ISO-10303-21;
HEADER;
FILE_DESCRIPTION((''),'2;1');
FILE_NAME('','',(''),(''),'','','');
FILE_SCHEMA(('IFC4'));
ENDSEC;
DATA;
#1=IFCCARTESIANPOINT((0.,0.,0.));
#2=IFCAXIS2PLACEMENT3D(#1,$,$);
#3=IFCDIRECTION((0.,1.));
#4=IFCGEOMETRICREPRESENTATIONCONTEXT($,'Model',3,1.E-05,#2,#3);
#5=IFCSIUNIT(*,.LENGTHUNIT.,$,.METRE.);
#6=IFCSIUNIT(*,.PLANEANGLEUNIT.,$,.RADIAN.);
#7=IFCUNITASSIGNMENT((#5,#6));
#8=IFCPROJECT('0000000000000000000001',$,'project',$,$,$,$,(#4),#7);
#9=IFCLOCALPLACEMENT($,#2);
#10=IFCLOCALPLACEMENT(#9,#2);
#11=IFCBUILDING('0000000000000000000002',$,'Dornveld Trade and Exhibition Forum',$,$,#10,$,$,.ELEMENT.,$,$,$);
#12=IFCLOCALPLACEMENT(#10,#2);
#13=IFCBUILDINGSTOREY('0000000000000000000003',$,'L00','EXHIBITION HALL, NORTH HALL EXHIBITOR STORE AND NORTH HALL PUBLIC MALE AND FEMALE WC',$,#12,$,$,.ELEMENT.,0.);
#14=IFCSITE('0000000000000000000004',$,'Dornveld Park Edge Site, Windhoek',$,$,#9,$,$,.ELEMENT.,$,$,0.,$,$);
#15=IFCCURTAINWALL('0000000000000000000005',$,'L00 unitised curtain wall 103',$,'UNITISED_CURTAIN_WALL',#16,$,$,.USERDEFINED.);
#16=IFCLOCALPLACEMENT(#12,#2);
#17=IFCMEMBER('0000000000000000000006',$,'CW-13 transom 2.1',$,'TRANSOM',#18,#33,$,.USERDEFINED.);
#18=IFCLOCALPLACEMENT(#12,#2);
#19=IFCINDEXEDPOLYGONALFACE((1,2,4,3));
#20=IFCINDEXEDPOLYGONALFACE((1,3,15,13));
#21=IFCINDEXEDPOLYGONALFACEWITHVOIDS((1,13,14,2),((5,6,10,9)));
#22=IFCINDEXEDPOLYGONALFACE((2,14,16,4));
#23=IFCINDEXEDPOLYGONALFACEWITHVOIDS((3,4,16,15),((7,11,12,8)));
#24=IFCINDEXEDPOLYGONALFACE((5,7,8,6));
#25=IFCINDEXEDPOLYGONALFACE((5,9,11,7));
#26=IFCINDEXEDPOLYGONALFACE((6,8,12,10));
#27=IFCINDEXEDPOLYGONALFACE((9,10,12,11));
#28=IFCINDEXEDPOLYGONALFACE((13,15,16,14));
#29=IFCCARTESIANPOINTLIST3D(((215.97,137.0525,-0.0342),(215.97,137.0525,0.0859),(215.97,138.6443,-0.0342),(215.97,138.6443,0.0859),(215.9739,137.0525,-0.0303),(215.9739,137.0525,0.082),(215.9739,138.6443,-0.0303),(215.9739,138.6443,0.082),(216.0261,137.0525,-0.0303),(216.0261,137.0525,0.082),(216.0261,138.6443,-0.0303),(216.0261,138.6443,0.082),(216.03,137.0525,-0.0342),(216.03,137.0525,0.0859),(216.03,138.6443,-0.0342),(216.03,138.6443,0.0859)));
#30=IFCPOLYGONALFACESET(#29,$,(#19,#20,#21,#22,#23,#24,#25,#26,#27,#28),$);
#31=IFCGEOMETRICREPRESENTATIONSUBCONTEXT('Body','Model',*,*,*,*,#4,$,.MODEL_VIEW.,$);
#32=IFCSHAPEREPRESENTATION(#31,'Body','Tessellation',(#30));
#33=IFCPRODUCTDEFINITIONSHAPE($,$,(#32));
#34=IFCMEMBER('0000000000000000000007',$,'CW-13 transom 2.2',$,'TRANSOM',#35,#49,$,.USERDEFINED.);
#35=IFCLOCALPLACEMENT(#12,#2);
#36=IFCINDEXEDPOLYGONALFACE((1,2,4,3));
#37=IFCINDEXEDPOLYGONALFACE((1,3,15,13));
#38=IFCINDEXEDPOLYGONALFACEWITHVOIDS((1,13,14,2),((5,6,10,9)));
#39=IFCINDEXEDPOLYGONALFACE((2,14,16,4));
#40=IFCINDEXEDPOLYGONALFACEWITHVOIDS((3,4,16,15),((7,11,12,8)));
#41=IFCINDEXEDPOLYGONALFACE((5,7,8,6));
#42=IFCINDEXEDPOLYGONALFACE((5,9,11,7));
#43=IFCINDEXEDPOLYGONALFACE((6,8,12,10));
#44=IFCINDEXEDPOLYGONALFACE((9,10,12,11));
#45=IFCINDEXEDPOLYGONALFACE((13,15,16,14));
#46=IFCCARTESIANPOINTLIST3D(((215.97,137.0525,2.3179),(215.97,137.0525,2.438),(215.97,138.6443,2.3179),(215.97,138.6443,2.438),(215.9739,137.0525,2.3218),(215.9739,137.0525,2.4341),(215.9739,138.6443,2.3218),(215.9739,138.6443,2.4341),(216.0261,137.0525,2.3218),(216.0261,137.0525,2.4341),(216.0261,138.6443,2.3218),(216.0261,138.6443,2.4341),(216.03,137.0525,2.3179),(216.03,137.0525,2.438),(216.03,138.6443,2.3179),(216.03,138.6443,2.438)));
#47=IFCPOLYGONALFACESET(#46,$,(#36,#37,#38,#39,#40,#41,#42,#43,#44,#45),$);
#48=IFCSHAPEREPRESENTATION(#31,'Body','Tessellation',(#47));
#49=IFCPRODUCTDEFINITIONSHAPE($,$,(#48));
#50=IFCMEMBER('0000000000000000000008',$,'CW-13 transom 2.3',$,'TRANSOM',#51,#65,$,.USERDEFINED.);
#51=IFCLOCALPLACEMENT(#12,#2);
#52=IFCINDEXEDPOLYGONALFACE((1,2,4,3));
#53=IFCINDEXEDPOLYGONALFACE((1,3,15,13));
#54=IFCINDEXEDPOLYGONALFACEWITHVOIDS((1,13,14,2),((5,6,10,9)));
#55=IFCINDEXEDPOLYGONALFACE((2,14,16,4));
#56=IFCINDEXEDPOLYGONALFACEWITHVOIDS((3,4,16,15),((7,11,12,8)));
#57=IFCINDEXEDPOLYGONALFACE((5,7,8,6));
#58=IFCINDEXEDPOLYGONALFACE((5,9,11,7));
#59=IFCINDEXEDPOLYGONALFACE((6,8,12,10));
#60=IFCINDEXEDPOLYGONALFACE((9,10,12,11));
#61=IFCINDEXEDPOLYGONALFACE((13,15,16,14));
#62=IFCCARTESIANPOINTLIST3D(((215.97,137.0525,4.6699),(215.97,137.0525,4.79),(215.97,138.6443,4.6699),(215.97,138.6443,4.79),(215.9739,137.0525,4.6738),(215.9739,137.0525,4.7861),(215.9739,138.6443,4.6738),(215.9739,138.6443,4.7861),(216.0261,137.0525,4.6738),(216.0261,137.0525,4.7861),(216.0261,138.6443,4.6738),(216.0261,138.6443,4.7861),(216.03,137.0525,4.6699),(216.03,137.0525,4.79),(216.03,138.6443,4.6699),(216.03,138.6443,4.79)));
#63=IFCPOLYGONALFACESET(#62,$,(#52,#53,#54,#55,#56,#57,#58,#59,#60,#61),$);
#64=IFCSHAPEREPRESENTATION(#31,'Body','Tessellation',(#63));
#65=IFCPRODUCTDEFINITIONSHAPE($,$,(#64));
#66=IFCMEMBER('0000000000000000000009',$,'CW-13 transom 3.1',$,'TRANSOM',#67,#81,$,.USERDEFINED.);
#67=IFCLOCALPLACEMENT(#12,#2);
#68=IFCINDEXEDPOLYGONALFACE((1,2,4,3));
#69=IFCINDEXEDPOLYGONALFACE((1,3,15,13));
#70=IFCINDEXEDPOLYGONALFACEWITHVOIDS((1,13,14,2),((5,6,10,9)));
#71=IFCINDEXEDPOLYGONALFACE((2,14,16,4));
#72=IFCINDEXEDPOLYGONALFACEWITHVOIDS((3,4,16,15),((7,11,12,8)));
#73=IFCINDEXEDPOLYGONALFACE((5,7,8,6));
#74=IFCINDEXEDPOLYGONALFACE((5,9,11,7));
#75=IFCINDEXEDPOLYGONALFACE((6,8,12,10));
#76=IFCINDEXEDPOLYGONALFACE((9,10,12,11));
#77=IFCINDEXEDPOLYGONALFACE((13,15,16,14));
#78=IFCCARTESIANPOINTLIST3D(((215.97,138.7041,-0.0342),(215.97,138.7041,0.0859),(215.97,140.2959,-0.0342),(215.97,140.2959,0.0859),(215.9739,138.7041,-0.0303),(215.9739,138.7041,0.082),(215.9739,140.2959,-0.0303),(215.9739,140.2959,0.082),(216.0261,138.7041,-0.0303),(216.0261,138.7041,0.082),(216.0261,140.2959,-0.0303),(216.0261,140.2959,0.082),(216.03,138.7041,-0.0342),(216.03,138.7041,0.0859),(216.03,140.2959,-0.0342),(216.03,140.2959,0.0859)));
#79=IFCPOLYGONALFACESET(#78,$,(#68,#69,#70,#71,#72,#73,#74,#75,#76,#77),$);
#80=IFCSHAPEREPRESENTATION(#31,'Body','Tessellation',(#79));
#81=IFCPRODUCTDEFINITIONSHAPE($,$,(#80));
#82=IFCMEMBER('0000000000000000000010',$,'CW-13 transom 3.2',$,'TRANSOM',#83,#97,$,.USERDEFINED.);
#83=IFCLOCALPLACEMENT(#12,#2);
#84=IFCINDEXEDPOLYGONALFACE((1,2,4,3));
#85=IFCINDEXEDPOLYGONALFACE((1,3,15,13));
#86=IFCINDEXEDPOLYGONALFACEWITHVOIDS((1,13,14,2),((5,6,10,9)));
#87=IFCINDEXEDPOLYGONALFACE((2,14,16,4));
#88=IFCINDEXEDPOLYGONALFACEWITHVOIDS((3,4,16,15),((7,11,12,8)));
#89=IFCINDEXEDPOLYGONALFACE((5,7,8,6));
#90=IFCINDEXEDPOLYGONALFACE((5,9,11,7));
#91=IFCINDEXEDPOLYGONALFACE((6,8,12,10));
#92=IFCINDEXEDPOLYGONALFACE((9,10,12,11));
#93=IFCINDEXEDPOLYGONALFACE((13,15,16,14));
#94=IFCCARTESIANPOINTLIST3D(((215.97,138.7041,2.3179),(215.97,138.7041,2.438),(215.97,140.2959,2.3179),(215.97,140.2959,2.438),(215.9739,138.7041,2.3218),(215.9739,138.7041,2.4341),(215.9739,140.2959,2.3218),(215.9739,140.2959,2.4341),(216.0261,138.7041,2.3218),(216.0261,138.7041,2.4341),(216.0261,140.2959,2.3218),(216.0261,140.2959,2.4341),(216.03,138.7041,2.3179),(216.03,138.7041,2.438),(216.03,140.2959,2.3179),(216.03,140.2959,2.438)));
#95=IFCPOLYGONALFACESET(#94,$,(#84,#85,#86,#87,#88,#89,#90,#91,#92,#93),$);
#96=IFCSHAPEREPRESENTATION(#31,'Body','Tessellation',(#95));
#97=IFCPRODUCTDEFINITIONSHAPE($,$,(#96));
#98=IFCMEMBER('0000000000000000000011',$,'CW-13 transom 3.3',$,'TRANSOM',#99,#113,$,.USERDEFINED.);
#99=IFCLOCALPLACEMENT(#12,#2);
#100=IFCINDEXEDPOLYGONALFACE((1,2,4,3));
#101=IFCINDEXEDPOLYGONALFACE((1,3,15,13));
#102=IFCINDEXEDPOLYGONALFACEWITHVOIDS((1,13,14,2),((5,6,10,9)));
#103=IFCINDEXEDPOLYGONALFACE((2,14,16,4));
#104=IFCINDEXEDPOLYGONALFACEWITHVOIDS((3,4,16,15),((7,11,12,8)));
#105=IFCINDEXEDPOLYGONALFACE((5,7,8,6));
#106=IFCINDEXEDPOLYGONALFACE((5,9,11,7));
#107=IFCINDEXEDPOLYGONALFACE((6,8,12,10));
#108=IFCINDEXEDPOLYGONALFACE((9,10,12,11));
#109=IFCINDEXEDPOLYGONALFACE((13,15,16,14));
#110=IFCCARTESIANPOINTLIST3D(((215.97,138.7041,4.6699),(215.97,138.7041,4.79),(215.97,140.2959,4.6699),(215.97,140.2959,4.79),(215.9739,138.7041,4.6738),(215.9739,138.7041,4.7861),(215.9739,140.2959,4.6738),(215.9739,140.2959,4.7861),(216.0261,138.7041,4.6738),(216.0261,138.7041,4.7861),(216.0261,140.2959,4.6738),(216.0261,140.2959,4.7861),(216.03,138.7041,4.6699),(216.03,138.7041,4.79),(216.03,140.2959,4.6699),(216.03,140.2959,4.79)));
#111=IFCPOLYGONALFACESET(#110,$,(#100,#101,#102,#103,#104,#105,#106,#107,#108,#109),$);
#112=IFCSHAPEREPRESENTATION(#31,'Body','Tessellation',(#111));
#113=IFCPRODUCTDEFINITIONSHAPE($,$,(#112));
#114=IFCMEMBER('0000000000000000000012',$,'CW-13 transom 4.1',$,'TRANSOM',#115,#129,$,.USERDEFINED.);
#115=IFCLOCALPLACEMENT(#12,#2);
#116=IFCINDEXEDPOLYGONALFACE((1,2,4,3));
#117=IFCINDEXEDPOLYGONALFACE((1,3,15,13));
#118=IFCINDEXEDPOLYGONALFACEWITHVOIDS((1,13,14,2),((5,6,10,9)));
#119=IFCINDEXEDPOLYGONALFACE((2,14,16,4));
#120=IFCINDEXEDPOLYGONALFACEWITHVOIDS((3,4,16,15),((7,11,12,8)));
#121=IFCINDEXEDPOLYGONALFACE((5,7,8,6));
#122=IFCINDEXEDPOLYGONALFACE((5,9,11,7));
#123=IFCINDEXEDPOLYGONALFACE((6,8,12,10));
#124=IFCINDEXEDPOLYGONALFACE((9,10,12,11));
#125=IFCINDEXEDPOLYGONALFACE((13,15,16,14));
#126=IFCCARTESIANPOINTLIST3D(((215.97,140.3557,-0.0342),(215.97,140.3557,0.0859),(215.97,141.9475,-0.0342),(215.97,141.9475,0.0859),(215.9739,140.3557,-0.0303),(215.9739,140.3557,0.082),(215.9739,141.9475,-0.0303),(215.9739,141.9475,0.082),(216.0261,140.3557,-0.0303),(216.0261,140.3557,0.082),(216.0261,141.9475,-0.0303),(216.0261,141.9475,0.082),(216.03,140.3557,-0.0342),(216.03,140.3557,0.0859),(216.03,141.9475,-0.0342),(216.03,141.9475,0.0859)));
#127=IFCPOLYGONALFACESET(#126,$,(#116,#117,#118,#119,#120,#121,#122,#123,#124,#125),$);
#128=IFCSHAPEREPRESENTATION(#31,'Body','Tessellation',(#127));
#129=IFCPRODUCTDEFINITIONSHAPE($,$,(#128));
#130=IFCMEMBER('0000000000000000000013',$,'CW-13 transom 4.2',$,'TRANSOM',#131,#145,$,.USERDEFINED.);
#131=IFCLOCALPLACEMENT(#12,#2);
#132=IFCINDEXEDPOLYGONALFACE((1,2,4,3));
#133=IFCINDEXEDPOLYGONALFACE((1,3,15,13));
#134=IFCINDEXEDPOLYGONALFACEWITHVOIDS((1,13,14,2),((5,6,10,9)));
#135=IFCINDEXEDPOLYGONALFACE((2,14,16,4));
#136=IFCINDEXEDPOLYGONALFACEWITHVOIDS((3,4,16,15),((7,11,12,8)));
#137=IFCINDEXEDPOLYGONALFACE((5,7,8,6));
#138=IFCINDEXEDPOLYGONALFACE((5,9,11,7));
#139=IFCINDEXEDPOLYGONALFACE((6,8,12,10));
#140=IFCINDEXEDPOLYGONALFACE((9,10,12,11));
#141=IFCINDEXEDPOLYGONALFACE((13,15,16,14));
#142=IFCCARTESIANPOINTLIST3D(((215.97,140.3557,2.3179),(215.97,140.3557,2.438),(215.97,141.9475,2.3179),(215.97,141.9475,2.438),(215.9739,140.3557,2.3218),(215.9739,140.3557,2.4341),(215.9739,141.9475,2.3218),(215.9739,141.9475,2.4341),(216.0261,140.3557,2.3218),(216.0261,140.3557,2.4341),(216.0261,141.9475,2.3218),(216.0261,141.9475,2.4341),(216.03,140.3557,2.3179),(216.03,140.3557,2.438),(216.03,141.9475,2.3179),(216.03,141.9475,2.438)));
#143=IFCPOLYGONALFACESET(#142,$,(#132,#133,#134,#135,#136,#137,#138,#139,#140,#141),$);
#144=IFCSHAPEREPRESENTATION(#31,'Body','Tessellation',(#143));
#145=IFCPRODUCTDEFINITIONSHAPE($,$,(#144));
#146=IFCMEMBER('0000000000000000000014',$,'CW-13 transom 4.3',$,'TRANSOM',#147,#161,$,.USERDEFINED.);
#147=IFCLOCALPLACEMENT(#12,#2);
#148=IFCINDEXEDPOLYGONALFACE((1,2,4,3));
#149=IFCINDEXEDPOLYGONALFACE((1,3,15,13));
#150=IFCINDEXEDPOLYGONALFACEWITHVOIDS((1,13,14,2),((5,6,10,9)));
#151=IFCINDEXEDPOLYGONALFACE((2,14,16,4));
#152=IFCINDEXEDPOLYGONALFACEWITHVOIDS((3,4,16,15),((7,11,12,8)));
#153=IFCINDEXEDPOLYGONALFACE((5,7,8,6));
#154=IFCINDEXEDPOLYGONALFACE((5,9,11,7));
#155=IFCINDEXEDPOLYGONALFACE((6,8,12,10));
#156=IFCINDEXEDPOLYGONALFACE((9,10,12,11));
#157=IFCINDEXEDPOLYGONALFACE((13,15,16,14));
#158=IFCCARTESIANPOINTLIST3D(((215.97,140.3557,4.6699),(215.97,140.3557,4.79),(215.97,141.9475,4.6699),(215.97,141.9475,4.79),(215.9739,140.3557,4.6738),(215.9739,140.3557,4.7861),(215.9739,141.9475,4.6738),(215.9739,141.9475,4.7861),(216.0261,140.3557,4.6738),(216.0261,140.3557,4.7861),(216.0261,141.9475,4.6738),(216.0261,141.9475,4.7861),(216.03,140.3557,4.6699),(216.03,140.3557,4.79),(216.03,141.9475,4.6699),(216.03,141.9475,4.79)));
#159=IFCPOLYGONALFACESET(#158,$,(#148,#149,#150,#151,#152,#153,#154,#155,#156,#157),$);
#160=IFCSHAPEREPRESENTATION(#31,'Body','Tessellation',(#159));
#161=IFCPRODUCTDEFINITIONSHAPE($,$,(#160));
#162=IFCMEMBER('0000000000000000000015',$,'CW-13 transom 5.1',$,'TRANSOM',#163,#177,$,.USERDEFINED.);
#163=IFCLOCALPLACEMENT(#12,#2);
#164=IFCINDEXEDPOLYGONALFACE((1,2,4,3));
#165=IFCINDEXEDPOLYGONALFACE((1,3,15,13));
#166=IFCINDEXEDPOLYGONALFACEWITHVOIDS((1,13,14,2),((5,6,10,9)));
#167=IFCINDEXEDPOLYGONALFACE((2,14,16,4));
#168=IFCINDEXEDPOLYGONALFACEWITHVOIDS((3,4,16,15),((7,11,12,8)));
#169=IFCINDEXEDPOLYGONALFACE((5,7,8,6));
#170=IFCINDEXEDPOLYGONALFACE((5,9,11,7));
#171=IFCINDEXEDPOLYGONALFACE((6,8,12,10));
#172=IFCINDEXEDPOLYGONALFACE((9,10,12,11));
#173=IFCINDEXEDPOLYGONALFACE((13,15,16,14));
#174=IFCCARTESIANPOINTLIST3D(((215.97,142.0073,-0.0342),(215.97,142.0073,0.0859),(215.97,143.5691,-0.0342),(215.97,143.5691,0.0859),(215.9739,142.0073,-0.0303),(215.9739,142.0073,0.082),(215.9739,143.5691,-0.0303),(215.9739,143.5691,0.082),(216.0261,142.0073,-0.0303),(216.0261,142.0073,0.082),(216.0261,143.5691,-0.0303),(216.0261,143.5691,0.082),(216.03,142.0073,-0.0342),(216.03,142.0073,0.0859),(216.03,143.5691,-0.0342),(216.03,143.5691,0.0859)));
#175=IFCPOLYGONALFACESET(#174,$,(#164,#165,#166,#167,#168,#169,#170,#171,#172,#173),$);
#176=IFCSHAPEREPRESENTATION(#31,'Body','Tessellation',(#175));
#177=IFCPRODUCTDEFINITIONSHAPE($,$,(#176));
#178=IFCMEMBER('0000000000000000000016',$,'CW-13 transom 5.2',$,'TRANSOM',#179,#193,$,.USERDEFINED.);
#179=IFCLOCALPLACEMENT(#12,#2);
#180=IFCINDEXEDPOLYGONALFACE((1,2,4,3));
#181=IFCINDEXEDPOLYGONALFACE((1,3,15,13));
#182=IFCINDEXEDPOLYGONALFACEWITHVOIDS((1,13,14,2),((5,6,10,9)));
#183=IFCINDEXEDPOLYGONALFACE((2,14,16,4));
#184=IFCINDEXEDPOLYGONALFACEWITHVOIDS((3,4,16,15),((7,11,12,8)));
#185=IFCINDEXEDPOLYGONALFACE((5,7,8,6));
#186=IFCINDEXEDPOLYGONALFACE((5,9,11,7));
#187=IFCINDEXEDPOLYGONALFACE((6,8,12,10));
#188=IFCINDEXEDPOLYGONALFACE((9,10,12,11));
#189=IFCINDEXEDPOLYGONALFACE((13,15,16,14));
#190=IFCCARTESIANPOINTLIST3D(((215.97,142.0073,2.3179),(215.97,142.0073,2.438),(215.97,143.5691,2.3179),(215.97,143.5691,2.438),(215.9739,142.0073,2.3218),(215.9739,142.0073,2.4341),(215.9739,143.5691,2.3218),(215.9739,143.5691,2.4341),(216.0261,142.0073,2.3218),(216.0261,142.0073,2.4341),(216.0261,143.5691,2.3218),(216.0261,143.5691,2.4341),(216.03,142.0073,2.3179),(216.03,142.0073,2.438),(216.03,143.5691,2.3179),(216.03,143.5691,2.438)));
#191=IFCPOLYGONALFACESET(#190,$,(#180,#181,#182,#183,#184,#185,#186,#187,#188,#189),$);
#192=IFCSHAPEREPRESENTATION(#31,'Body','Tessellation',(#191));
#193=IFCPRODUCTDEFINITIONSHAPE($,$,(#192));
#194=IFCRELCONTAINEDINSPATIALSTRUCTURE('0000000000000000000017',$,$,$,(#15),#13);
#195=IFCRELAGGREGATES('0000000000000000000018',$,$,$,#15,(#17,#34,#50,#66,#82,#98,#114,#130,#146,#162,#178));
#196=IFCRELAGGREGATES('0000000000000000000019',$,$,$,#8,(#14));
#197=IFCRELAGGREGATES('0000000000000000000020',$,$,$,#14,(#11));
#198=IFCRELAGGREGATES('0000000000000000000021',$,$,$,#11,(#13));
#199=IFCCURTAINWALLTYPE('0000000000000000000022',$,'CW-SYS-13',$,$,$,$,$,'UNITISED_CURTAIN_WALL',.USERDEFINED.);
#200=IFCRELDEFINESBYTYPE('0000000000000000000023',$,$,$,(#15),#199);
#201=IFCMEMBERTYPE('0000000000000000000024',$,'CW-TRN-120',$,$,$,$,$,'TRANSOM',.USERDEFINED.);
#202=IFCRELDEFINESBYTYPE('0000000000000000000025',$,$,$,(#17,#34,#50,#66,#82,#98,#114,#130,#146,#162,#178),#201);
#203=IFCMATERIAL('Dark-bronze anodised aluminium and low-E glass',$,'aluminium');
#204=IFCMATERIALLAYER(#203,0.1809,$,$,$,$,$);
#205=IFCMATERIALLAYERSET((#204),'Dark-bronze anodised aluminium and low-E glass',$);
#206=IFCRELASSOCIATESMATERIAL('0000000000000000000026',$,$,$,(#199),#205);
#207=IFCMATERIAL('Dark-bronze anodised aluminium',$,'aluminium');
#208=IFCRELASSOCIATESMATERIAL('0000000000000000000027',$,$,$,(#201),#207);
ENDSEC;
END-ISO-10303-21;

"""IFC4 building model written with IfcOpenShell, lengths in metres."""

from ifc_helpers import new_model, si_unit, direction, frame, origin, origin_2d, place, context, subcontext, project, spatial, hollow_rectangle, extrude, material, layer, layer_set, material_profile, profile_set, type_object, element, aggregate, save


model = new_model("IFC4")

# Units and contexts
model_context = context("Model", 3, precision=1e-05, world=origin(), true_north=direction((0.0, 1.0)))
body_context = subcontext(model_context, "Body", "Model", "MODEL_VIEW")
ifc_project = project(units=[si_unit("LENGTHUNIT", "METRE"), si_unit("PLANEANGLEUNIT", "RADIAN")], contexts=[model_context])

# Site, building, storey
site_placement = place(None, origin())
site = spatial("IfcSite", under=ifc_project, at=site_placement, Name="Dornveld Park Edge Site, Windhoek", CompositionType="ELEMENT", RefElevation=0.0)
building_placement = place(site_placement, origin())
building = spatial("IfcBuilding", under=site, at=building_placement, Name="Dornveld Trade and Exhibition Forum", CompositionType="ELEMENT")
storey_placement = place(building_placement, origin())
storey = spatial("IfcBuildingStorey", under=building, at=storey_placement, Name="L00", Description="EXHIBITION HALL, NORTH HALL EXHIBITOR STORE AND NORTH HALL PUBLIC MALE AND FEMALE WC", CompositionType="ELEMENT", Elevation=0.0)

# Curtain wall, members
ifc_material_1 = material(Name="Dark-bronze anodised aluminium and low-E glass", Category="aluminium")
ifc_layer_1 = layer(ifc_material_1, 0.1809)
ifc_layer_set_1 = layer_set([ifc_layer_1], Name="Dark-bronze anodised aluminium and low-E glass")
curtain_wall_type = type_object("IfcCurtainWallType", Name="CW-SYS-13", ElementType="UNITISED_CURTAIN_WALL", PredefinedType="USERDEFINED", material=ifc_layer_set_1)
curtain_wall_placement = place(storey_placement, origin())
curtain_wall = element("IfcCurtainWall", 1, at=curtain_wall_placement, inside=storey, type_object=curtain_wall_type, Name="L00 unitised curtain wall 103", ObjectType="UNITISED_CURTAIN_WALL", PredefinedType="USERDEFINED")
ifc_material_2 = material(Name="Dark-bronze anodised aluminium", Category="aluminium")
ifc_material_profile_1 = material_profile(ifc_material_2, hollow_rectangle(XDim=0.0601, YDim=0.1201, WallThickness=0.0039, at=origin_2d()), Name="RHS 120x60x4")
ifc_profile_set_1 = profile_set([ifc_material_profile_1], Name="Dark-bronze anodised aluminium")
member_type_1 = type_object("IfcMemberType", Name="CW-TRN-120", ElementType="TRANSOM", PredefinedType="USERDEFINED", material=ifc_profile_set_1)
member_1_placement = place(storey_placement, frame((216.0, 137.0525, 0.0259), z_axis=(0.0, 1.0, 0.0), x_axis=(-1.0, 0.0, 0.0)))
member_1 = element("IfcMember", 2, at=member_1_placement, type_object=member_type_1, Name="CW-13 transom 2.1", ObjectType="TRANSOM", PredefinedType="USERDEFINED", context=body_context, shape_type="SweptSolid", body=[
    extrude(hollow_rectangle(XDim=0.0601, YDim=0.1201, WallThickness=0.0039, at=origin_2d()), origin(), (0.0, 0.0, 1.0), 1.5918),
])
member_2_placement = place(storey_placement, frame((216.0, 137.0525, 2.3779), z_axis=(0.0, 1.0, 0.0), x_axis=(-1.0, 0.0, 0.0)))
member_2 = element("IfcMember", 3, at=member_2_placement, type_object=member_type_1, Name="CW-13 transom 2.2", ObjectType="TRANSOM", PredefinedType="USERDEFINED", context=body_context, shape_type="SweptSolid", body=[
    extrude(hollow_rectangle(XDim=0.0601, YDim=0.1201, WallThickness=0.0039, at=origin_2d()), origin(), (0.0, 0.0, 1.0), 1.5918),
])
member_3_placement = place(storey_placement, frame((216.0, 137.0525, 4.73), z_axis=(0.0, 1.0, 0.0), x_axis=(-1.0, 0.0, 0.0)))
member_3 = element("IfcMember", 4, at=member_3_placement, type_object=member_type_1, Name="CW-13 transom 2.3", ObjectType="TRANSOM", PredefinedType="USERDEFINED", context=body_context, shape_type="SweptSolid", body=[
    extrude(hollow_rectangle(XDim=0.0601, YDim=0.1201, WallThickness=0.0039, at=origin_2d()), origin(), (0.0, 0.0, 1.0), 1.5918),
])
member_4_placement = place(storey_placement, frame((216.0, 138.7041, 0.0259), z_axis=(0.0, 1.0, 0.0), x_axis=(-1.0, 0.0, 0.0)))
member_4 = element("IfcMember", 5, at=member_4_placement, type_object=member_type_1, Name="CW-13 transom 3.1", ObjectType="TRANSOM", PredefinedType="USERDEFINED", context=body_context, shape_type="SweptSolid", body=[
    extrude(hollow_rectangle(XDim=0.0601, YDim=0.1201, WallThickness=0.0039, at=origin_2d()), origin(), (0.0, 0.0, 1.0), 1.5918),
])
member_5_placement = place(storey_placement, frame((216.0, 138.7041, 2.3779), z_axis=(0.0, 1.0, 0.0), x_axis=(-1.0, 0.0, 0.0)))
member_5 = element("IfcMember", 6, at=member_5_placement, type_object=member_type_1, Name="CW-13 transom 3.2", ObjectType="TRANSOM", PredefinedType="USERDEFINED", context=body_context, shape_type="SweptSolid", body=[
    extrude(hollow_rectangle(XDim=0.0601, YDim=0.1201, WallThickness=0.0039, at=origin_2d()), origin(), (0.0, 0.0, 1.0), 1.5918),
])
member_6_placement = place(storey_placement, frame((216.0, 138.7041, 4.73), z_axis=(0.0, 1.0, 0.0), x_axis=(-1.0, 0.0, 0.0)))
member_6 = element("IfcMember", 7, at=member_6_placement, type_object=member_type_1, Name="CW-13 transom 3.3", ObjectType="TRANSOM", PredefinedType="USERDEFINED", context=body_context, shape_type="SweptSolid", body=[
    extrude(hollow_rectangle(XDim=0.0601, YDim=0.1201, WallThickness=0.0039, at=origin_2d()), origin(), (0.0, 0.0, 1.0), 1.5918),
])
member_7_placement = place(storey_placement, frame((216.0, 140.3557, 0.0259), z_axis=(0.0, 1.0, 0.0), x_axis=(-1.0, 0.0, 0.0)))
member_7 = element("IfcMember", 8, at=member_7_placement, type_object=member_type_1, Name="CW-13 transom 4.1", ObjectType="TRANSOM", PredefinedType="USERDEFINED", context=body_context, shape_type="SweptSolid", body=[
    extrude(hollow_rectangle(XDim=0.0601, YDim=0.1201, WallThickness=0.0039, at=origin_2d()), origin(), (0.0, 0.0, 1.0), 1.5918),
])
member_8_placement = place(storey_placement, frame((216.0, 140.3557, 2.3779), z_axis=(0.0, 1.0, 0.0), x_axis=(-1.0, 0.0, 0.0)))
member_8 = element("IfcMember", 9, at=member_8_placement, type_object=member_type_1, Name="CW-13 transom 4.2", ObjectType="TRANSOM", PredefinedType="USERDEFINED", context=body_context, shape_type="SweptSolid", body=[
    extrude(hollow_rectangle(XDim=0.0601, YDim=0.1201, WallThickness=0.0039, at=origin_2d()), origin(), (0.0, 0.0, 1.0), 1.5918),
])
member_9_placement = place(storey_placement, frame((216.0, 140.3557, 4.73), z_axis=(0.0, 1.0, 0.0), x_axis=(-1.0, 0.0, 0.0)))
member_9 = element("IfcMember", 10, at=member_9_placement, type_object=member_type_1, Name="CW-13 transom 4.3", ObjectType="TRANSOM", PredefinedType="USERDEFINED", context=body_context, shape_type="SweptSolid", body=[
    extrude(hollow_rectangle(XDim=0.0601, YDim=0.1201, WallThickness=0.0039, at=origin_2d()), origin(), (0.0, 0.0, 1.0), 1.5918),
])
member_10_placement = place(storey_placement, frame((216.0, 142.0073, 0.0259), z_axis=(0.0, 1.0, 0.0), x_axis=(-1.0, 0.0, 0.0)))
member_10 = element("IfcMember", 11, at=member_10_placement, type_object=member_type_1, Name="CW-13 transom 5.1", ObjectType="TRANSOM", PredefinedType="USERDEFINED", context=body_context, shape_type="SweptSolid", body=[
    extrude(hollow_rectangle(XDim=0.0601, YDim=0.1201, WallThickness=0.0039, at=origin_2d()), origin(), (0.0, 0.0, 1.0), 1.5618),
])
member_11_placement = place(storey_placement, frame((216.0, 142.0073, 2.3779), z_axis=(0.0, 1.0, 0.0), x_axis=(-1.0, 0.0, 0.0)))
member_11 = element("IfcMember", 12, at=member_11_placement, type_object=member_type_1, Name="CW-13 transom 5.2", ObjectType="TRANSOM", PredefinedType="USERDEFINED", context=body_context, shape_type="SweptSolid", body=[
    extrude(hollow_rectangle(XDim=0.0601, YDim=0.1201, WallThickness=0.0039, at=origin_2d()), origin(), (0.0, 0.0, 1.0), 1.5618),
])
aggregate(curtain_wall, [member_1, member_2, member_3, member_4, member_5, member_6, member_7, member_8, member_9, member_10, member_11])

save(model, "model.ifc")
